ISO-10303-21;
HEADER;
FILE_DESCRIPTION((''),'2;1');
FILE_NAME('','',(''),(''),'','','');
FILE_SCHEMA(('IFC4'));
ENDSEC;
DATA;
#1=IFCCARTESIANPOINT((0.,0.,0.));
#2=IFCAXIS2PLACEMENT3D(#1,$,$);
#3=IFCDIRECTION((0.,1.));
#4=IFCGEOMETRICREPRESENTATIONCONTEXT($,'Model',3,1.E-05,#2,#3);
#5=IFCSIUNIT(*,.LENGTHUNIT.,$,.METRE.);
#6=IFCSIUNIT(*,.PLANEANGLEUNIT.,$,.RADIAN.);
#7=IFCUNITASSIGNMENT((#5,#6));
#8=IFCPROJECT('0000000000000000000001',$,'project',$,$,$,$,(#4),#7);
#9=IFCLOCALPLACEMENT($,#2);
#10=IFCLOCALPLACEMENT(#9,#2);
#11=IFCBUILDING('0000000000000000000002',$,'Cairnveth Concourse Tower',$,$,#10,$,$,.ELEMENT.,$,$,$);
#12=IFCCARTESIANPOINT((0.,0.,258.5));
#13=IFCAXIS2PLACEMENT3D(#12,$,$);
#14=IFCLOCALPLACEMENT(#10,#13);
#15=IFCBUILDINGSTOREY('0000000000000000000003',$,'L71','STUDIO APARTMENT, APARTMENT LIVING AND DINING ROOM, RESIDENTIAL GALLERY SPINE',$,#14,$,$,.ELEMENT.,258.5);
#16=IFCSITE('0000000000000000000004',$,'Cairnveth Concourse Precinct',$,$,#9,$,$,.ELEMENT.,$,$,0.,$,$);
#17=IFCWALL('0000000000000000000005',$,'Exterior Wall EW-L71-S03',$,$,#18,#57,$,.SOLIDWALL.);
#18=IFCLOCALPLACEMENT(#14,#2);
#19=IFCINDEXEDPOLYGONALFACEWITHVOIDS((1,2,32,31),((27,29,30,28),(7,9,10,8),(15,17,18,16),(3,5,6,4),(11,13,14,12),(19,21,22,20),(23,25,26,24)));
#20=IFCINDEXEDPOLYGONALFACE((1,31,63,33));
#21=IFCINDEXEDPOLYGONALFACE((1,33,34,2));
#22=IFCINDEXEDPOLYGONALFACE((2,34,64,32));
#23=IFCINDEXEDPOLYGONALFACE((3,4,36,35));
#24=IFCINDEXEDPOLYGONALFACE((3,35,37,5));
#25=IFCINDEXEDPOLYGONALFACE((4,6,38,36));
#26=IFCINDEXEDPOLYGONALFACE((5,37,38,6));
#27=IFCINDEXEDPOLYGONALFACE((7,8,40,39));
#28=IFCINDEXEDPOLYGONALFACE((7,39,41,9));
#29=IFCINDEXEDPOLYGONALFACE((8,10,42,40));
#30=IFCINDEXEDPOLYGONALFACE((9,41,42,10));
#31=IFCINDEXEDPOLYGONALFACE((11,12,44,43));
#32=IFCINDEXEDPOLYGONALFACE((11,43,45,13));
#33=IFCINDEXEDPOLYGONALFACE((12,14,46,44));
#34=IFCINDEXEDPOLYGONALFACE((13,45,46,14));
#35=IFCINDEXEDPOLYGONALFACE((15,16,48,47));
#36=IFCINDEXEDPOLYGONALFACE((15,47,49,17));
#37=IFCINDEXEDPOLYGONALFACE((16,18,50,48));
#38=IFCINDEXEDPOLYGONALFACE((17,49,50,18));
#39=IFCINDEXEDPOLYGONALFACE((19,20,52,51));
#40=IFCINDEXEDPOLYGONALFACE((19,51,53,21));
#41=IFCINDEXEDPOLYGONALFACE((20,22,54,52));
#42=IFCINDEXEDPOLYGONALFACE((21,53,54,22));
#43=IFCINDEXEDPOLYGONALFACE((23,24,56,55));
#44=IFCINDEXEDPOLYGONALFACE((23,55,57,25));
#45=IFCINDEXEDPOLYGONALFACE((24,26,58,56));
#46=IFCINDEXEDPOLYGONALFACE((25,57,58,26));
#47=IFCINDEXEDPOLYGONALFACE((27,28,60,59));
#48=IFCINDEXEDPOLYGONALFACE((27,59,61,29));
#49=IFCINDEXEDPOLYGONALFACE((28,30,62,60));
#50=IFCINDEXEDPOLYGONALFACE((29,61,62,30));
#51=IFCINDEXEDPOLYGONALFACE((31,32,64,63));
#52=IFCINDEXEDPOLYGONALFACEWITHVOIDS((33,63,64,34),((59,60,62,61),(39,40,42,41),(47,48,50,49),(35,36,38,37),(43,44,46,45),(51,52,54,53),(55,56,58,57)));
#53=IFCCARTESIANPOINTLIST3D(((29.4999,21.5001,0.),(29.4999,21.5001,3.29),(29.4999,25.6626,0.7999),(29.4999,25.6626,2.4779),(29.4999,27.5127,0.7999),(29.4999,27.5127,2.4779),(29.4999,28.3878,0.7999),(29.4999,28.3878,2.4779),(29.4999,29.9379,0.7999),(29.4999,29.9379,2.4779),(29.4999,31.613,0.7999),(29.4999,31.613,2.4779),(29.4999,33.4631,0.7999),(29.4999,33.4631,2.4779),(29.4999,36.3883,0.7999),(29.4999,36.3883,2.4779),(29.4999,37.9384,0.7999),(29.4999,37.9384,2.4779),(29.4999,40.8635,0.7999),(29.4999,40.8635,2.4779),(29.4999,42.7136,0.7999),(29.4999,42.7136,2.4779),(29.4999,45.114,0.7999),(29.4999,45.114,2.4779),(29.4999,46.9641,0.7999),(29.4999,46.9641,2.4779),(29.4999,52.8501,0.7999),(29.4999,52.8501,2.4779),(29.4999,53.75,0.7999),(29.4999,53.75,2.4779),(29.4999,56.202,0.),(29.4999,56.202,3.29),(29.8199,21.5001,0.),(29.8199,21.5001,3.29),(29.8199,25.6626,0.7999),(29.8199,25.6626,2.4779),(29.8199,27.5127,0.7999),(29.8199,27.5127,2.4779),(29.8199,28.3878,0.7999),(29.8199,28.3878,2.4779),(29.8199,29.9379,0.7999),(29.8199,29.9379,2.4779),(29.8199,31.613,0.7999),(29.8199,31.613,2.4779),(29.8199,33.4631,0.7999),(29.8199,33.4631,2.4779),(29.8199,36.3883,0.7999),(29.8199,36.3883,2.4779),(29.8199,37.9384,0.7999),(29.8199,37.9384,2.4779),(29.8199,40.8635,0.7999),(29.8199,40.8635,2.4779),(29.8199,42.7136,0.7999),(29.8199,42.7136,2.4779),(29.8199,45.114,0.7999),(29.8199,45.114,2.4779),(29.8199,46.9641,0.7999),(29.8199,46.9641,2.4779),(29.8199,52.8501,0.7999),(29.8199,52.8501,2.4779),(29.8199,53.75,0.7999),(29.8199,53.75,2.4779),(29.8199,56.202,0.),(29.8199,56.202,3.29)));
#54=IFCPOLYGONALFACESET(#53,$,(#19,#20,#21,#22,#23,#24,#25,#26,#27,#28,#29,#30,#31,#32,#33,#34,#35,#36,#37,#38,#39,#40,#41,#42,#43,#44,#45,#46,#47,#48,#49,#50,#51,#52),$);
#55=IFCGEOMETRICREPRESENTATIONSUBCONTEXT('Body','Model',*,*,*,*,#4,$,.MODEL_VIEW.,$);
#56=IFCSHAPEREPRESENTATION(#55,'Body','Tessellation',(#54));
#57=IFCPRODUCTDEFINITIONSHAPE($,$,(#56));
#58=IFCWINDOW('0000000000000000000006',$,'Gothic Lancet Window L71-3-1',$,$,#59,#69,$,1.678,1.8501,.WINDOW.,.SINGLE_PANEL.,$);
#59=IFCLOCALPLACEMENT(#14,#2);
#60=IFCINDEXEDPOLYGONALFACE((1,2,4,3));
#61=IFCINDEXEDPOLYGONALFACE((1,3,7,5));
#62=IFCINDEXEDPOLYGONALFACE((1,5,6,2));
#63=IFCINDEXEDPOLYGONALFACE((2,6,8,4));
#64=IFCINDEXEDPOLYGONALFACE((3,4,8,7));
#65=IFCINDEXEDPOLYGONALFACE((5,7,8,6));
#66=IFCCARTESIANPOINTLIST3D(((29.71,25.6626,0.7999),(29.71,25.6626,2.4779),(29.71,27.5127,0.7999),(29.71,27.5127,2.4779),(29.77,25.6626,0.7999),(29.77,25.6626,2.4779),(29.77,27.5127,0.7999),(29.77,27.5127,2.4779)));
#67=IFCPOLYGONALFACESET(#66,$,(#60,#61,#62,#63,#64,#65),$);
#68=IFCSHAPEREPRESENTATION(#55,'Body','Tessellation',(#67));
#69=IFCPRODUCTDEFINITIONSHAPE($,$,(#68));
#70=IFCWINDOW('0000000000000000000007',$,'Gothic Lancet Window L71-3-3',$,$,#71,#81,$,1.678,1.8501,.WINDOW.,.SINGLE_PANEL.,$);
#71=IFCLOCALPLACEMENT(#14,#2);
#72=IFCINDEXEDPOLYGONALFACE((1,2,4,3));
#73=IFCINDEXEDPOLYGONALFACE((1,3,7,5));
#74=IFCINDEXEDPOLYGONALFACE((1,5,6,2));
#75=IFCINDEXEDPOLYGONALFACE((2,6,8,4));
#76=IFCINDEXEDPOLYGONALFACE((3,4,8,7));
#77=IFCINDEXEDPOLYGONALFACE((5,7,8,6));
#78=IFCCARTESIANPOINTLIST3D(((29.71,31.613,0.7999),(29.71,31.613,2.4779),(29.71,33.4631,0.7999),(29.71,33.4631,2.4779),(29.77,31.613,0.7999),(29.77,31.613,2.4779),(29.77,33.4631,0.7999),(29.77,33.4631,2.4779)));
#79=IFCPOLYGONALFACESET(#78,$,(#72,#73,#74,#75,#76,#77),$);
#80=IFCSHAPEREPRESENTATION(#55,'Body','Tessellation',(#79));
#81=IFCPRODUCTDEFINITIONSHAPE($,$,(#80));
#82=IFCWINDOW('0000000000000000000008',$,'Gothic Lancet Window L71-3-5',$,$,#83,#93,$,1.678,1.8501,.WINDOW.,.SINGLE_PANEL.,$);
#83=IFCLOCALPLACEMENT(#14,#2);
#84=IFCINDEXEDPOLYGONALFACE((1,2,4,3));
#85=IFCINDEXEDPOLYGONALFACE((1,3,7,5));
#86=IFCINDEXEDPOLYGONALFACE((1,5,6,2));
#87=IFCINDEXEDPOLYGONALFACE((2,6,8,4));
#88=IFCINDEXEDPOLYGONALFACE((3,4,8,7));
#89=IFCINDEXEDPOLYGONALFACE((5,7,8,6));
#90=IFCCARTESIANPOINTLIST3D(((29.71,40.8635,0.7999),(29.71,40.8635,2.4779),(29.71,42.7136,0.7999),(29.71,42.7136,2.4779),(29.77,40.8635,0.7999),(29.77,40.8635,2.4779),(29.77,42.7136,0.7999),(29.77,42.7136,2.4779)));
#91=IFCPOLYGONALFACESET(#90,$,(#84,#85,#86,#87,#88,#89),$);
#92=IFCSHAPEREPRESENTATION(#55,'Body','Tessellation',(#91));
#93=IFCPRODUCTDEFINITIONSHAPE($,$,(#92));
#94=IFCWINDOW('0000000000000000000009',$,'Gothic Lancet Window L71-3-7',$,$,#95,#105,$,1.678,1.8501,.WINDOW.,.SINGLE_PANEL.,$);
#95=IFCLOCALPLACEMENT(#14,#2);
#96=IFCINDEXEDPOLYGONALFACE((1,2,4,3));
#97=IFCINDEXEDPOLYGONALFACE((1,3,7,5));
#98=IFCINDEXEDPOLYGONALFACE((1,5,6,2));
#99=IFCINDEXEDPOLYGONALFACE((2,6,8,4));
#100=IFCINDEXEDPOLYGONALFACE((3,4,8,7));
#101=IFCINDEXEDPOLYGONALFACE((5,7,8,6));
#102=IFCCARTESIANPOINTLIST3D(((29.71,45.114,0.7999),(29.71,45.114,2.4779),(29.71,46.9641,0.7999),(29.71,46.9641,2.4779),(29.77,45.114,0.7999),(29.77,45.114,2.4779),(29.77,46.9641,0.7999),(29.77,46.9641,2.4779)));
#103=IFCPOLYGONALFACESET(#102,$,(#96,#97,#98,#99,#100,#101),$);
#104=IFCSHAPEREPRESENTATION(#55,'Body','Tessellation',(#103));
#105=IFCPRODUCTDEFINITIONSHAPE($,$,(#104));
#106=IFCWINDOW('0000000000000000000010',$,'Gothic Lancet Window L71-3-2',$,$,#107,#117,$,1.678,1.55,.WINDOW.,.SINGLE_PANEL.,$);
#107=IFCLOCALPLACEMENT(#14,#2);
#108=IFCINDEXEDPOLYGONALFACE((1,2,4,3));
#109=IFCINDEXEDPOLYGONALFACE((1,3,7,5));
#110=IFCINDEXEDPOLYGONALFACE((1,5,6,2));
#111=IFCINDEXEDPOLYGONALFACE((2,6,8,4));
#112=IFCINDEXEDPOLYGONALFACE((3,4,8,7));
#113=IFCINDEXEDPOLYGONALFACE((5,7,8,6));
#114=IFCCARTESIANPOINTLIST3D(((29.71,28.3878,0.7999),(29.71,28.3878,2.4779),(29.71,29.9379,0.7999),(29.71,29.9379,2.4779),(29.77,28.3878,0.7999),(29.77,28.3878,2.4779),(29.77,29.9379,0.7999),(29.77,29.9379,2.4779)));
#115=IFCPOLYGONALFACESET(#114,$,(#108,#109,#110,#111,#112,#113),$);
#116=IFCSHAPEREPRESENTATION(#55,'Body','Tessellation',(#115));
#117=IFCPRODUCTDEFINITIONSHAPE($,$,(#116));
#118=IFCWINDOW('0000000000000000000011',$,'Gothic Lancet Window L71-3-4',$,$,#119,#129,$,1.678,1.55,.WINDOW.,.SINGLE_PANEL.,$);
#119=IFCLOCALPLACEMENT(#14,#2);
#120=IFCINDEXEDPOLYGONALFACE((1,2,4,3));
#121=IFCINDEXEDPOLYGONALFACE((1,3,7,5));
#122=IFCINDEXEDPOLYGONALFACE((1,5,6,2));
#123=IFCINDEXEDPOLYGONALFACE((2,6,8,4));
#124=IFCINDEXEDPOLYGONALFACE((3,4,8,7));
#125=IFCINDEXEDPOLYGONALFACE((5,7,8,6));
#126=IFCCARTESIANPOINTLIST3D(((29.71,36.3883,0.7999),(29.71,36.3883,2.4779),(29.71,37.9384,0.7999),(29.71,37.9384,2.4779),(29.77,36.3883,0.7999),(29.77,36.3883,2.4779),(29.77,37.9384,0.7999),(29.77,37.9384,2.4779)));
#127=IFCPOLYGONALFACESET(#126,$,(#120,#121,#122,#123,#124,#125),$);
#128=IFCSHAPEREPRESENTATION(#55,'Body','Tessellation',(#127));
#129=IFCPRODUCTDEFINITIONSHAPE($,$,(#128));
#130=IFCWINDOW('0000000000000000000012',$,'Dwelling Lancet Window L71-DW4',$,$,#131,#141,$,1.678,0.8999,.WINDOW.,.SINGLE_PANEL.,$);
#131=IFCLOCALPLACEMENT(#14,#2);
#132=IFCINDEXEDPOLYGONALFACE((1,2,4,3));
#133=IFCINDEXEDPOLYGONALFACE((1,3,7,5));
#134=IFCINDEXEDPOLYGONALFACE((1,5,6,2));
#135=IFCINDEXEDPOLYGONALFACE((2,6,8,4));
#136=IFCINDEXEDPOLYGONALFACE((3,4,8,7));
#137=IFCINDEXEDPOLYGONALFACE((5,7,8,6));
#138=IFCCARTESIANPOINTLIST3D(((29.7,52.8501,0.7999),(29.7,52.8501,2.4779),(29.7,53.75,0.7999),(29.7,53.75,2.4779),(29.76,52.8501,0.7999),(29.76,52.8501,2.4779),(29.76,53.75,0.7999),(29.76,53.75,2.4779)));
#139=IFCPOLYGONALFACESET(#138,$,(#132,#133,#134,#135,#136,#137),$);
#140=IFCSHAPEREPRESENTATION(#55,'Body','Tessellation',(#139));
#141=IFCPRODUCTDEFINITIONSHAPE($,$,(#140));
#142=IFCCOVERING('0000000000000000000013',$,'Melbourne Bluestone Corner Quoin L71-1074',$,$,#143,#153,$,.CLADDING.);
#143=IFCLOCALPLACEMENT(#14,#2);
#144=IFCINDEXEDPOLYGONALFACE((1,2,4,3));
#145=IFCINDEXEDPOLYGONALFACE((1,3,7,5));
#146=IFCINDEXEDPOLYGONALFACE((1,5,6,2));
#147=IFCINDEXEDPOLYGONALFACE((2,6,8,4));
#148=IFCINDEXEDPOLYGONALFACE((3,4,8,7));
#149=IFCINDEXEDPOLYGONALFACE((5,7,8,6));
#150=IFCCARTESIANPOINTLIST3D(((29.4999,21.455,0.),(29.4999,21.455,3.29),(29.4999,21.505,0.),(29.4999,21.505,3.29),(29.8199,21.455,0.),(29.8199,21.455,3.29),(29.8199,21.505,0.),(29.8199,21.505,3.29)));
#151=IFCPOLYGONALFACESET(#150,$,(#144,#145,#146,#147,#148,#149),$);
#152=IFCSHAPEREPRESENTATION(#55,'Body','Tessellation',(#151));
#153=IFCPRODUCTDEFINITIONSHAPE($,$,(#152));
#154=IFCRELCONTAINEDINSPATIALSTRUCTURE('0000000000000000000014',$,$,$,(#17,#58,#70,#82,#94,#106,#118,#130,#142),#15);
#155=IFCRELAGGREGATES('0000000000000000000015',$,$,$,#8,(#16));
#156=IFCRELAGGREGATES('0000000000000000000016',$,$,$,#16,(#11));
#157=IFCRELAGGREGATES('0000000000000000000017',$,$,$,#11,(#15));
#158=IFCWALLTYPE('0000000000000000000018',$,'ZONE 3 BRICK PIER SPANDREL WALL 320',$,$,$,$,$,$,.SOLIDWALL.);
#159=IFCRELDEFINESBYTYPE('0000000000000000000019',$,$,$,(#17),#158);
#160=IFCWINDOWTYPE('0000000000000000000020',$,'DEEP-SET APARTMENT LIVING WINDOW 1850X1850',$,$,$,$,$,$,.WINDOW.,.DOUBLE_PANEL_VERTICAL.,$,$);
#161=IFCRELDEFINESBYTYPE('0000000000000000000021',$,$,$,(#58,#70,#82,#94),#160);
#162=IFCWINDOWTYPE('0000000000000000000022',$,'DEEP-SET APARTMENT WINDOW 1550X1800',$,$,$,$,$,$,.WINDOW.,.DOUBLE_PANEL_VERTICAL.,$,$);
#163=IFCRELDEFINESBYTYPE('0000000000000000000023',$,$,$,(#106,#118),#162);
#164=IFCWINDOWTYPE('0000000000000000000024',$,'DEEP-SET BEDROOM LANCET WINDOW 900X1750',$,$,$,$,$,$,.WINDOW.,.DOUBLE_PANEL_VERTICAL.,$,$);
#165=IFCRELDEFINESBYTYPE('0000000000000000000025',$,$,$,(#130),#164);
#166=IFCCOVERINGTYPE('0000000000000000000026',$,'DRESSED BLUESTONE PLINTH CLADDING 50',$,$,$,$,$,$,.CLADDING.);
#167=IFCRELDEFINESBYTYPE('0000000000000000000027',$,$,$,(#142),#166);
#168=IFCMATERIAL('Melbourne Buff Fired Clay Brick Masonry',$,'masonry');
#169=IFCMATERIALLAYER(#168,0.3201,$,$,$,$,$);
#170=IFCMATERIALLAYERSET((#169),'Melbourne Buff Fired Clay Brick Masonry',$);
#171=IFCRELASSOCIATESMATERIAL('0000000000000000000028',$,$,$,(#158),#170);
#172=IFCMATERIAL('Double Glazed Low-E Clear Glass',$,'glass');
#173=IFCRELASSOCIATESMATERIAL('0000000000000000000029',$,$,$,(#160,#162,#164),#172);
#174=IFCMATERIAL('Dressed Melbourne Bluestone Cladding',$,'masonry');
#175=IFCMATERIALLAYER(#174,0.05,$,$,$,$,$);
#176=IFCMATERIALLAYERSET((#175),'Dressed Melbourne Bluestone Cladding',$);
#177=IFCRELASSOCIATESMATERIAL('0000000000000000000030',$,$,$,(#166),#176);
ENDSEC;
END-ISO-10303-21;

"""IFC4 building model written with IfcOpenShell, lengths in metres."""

from ifc_helpers import new_model, si_unit, direction, frame, frame_2d, origin, place, context, subcontext, project, spatial, rectangle, extrude, material, layer, layer_set, type_object, element, fill, save


model = new_model("IFC4")

# Units and contexts
model_context = context("Model", 3, precision=1e-05, world=origin(), true_north=direction((0.0, 1.0)))
body_context = subcontext(model_context, "Body", "Model", "MODEL_VIEW")
ifc_project = project(units=[si_unit("LENGTHUNIT", "METRE"), si_unit("PLANEANGLEUNIT", "RADIAN")], contexts=[model_context])

# Site, building, storey
site_placement = place(None, origin())
site = spatial("IfcSite", under=ifc_project, at=site_placement, Name="Cairnveth Concourse Precinct", CompositionType="ELEMENT", RefElevation=0.0)
building_placement = place(site_placement, origin())
building = spatial("IfcBuilding", under=site, at=building_placement, Name="Cairnveth Concourse Tower", CompositionType="ELEMENT")
storey_placement = place(building_placement, frame((0.0, 0.0, 258.5)))
storey = spatial("IfcBuildingStorey", under=building, at=storey_placement, Name="L71", Description="STUDIO APARTMENT, APARTMENT LIVING AND DINING ROOM, RESIDENTIAL GALLERY SPINE", CompositionType="ELEMENT", Elevation=258.5)

# Wall, openings, windows
ifc_material_1 = material(Name="Melbourne Buff Fired Clay Brick Masonry", Category="masonry")
ifc_layer_1 = layer(ifc_material_1, 0.3201)
ifc_layer_set_1 = layer_set([ifc_layer_1], Name="Melbourne Buff Fired Clay Brick Masonry")
wall_type_1 = type_object("IfcWallType", Name="ZONE 3 BRICK PIER SPANDREL WALL 320", PredefinedType="SOLIDWALL", material=ifc_layer_set_1)
wall_1_placement = place(storey_placement, frame((29.6599, 21.5, 0.0), z_axis=(0.0, 0.0, 1.0), x_axis=(0.0, 1.0, 0.0)))
wall_1 = element("IfcWall", 1, at=wall_1_placement, inside=storey, type_object=wall_type_1, Name="Exterior Wall EW-L71-S03", PredefinedType="SOLIDWALL", context=body_context, shape_type="SweptSolid", body=[
    extrude(rectangle(XDim=34.7019, YDim=0.3201, at=frame_2d((17.3511, 0.0))), origin(), (0.0, 0.0, 1.0), 3.29),
])
opening_1_placement = place(wall_1_placement, frame((4.1626, 0.0, 0.8)))
opening_1 = element("IfcOpeningElement", 2, at=opening_1_placement, cuts=wall_1, PredefinedType="OPENING", context=body_context, shape_type="SweptSolid", body=[
    extrude(rectangle(XDim=1.8501, YDim=1.678, at=frame_2d((0.925, 0.8389))), frame((0.0, 0.1699, 0.0), z_axis=(0.0, -1.0, 0.0), x_axis=(1.0, 0.0, 0.0)), (0.0, 0.0, 1.0), 0.3401),
])
opening_2_placement = place(wall_1_placement, frame((6.8879, 0.0, 0.8)))
opening_2 = element("IfcOpeningElement", 3, at=opening_2_placement, cuts=wall_1, PredefinedType="OPENING", context=body_context, shape_type="SweptSolid", body=[
    extrude(rectangle(XDim=1.55, YDim=1.678, at=frame_2d((0.7749, 0.8389))), frame((0.0, 0.1699, 0.0), z_axis=(0.0, -1.0, 0.0), x_axis=(1.0, 0.0, 0.0)), (0.0, 0.0, 1.0), 0.3401),
])
opening_3_placement = place(wall_1_placement, frame((10.113, 0.0, 0.8)))
opening_3 = element("IfcOpeningElement", 4, at=opening_3_placement, cuts=wall_1, PredefinedType="OPENING", context=body_context, shape_type="SweptSolid", body=[
    extrude(rectangle(XDim=1.8501, YDim=1.678, at=frame_2d((0.925, 0.8389))), frame((0.0, 0.1699, 0.0), z_axis=(0.0, -1.0, 0.0), x_axis=(1.0, 0.0, 0.0)), (0.0, 0.0, 1.0), 0.3401),
])
opening_4_placement = place(wall_1_placement, frame((14.8884, 0.0, 0.8)))
opening_4 = element("IfcOpeningElement", 5, at=opening_4_placement, cuts=wall_1, PredefinedType="OPENING", context=body_context, shape_type="SweptSolid", body=[
    extrude(rectangle(XDim=1.55, YDim=1.678, at=frame_2d((0.7749, 0.8389))), frame((0.0, 0.1699, 0.0), z_axis=(0.0, -1.0, 0.0), x_axis=(1.0, 0.0, 0.0)), (0.0, 0.0, 1.0), 0.3401),
])
opening_5_placement = place(wall_1_placement, frame((19.3635, 0.0, 0.8)))
opening_5 = element("IfcOpeningElement", 6, at=opening_5_placement, cuts=wall_1, PredefinedType="OPENING", context=body_context, shape_type="SweptSolid", body=[
    extrude(rectangle(XDim=1.8501, YDim=1.678, at=frame_2d((0.925, 0.8389))), frame((0.0, 0.1699, 0.0), z_axis=(0.0, -1.0, 0.0), x_axis=(1.0, 0.0, 0.0)), (0.0, 0.0, 1.0), 0.3401),
])
opening_6_placement = place(wall_1_placement, frame((23.614, 0.0, 0.8)))
opening_6 = element("IfcOpeningElement", 7, at=opening_6_placement, cuts=wall_1, PredefinedType="OPENING", context=body_context, shape_type="SweptSolid", body=[
    extrude(rectangle(XDim=1.8501, YDim=1.678, at=frame_2d((0.925, 0.8389))), frame((0.0, 0.1699, 0.0), z_axis=(0.0, -1.0, 0.0), x_axis=(1.0, 0.0, 0.0)), (0.0, 0.0, 1.0), 0.3401),
])
opening_7_placement = place(wall_1_placement, frame((31.3501, 0.0, 0.8)))
opening_7 = element("IfcOpeningElement", 8, at=opening_7_placement, cuts=wall_1, PredefinedType="OPENING", context=body_context, shape_type="SweptSolid", body=[
    extrude(rectangle(XDim=0.8999, YDim=1.678, at=frame_2d((0.45, 0.8389))), frame((0.0, 0.1699, 0.0), z_axis=(0.0, -1.0, 0.0), x_axis=(1.0, 0.0, 0.0)), (0.0, 0.0, 1.0), 0.3401),
])
ifc_material_2 = material(Name="Double Glazed Low-E Clear Glass", Category="glass")
window_type_1 = type_object("IfcWindowType", Name="DEEP-SET APARTMENT LIVING WINDOW 1850X1850", PartitioningType="DOUBLE_PANEL_VERTICAL", PredefinedType="WINDOW", material=ifc_material_2)
window_1_placement = place(opening_1_placement, origin())
window_1 = element("IfcWindow", 9, at=window_1_placement, inside=storey, type_object=window_type_1, Name="Gothic Lancet Window L71-3-1", OverallHeight=1.678, OverallWidth=1.8501, PartitioningType="SINGLE_PANEL", PredefinedType="WINDOW", context=body_context, shape_type="SweptSolid", body=[
    extrude(rectangle(XDim=1.8501, YDim=1.678, at=frame_2d((0.925, 0.8389))), frame((0.0, -0.05, 0.0), z_axis=(0.0, -1.0, 0.0), x_axis=(1.0, 0.0, 0.0)), (0.0, 0.0, 1.0), 0.0601),
])
fill(opening_1, window_1)
window_2_placement = place(opening_3_placement, origin())
window_2 = element("IfcWindow", 10, at=window_2_placement, inside=storey, type_object=window_type_1, Name="Gothic Lancet Window L71-3-3", OverallHeight=1.678, OverallWidth=1.8501, PartitioningType="SINGLE_PANEL", PredefinedType="WINDOW", context=body_context, shape_type="SweptSolid", body=[
    extrude(rectangle(XDim=1.8501, YDim=1.678, at=frame_2d((0.925, 0.8389))), frame((0.0, -0.05, 0.0), z_axis=(0.0, -1.0, 0.0), x_axis=(1.0, 0.0, 0.0)), (0.0, 0.0, 1.0), 0.0601),
])
fill(opening_3, window_2)
window_3_placement = place(opening_5_placement, origin())
window_3 = element("IfcWindow", 11, at=window_3_placement, inside=storey, type_object=window_type_1, Name="Gothic Lancet Window L71-3-5", OverallHeight=1.678, OverallWidth=1.8501, PartitioningType="SINGLE_PANEL", PredefinedType="WINDOW", context=body_context, shape_type="SweptSolid", body=[
    extrude(rectangle(XDim=1.8501, YDim=1.678, at=frame_2d((0.925, 0.8389))), frame((0.0, -0.05, 0.0), z_axis=(0.0, -1.0, 0.0), x_axis=(1.0, 0.0, 0.0)), (0.0, 0.0, 1.0), 0.0601),
])
fill(opening_5, window_3)
window_4_placement = place(opening_6_placement, origin())
window_4 = element("IfcWindow", 12, at=window_4_placement, inside=storey, type_object=window_type_1, Name="Gothic Lancet Window L71-3-7", OverallHeight=1.678, OverallWidth=1.8501, PartitioningType="SINGLE_PANEL", PredefinedType="WINDOW", context=body_context, shape_type="SweptSolid", body=[
    extrude(rectangle(XDim=1.8501, YDim=1.678, at=frame_2d((0.925, 0.8389))), frame((0.0, -0.05, 0.0), z_axis=(0.0, -1.0, 0.0), x_axis=(1.0, 0.0, 0.0)), (0.0, 0.0, 1.0), 0.0601),
])
fill(opening_6, window_4)
window_type_2 = type_object("IfcWindowType", Name="DEEP-SET APARTMENT WINDOW 1550X1800", PartitioningType="DOUBLE_PANEL_VERTICAL", PredefinedType="WINDOW", material=ifc_material_2)
window_5_placement = place(opening_2_placement, origin())
window_5 = element("IfcWindow", 13, at=window_5_placement, inside=storey, type_object=window_type_2, Name="Gothic Lancet Window L71-3-2", OverallHeight=1.678, OverallWidth=1.55, PartitioningType="SINGLE_PANEL", PredefinedType="WINDOW", context=body_context, shape_type="SweptSolid", body=[
    extrude(rectangle(XDim=1.55, YDim=1.678, at=frame_2d((0.7749, 0.8389))), frame((0.0, -0.05, 0.0), z_axis=(0.0, -1.0, 0.0), x_axis=(1.0, 0.0, 0.0)), (0.0, 0.0, 1.0), 0.0601),
])
fill(opening_2, window_5)
window_6_placement = place(opening_4_placement, origin())
window_6 = element("IfcWindow", 14, at=window_6_placement, inside=storey, type_object=window_type_2, Name="Gothic Lancet Window L71-3-4", OverallHeight=1.678, OverallWidth=1.55, PartitioningType="SINGLE_PANEL", PredefinedType="WINDOW", context=body_context, shape_type="SweptSolid", body=[
    extrude(rectangle(XDim=1.55, YDim=1.678, at=frame_2d((0.7749, 0.8389))), frame((0.0, -0.05, 0.0), z_axis=(0.0, -1.0, 0.0), x_axis=(1.0, 0.0, 0.0)), (0.0, 0.0, 1.0), 0.0601),
])
fill(opening_4, window_6)
window_type_3 = type_object("IfcWindowType", Name="DEEP-SET BEDROOM LANCET WINDOW 900X1750", PartitioningType="DOUBLE_PANEL_VERTICAL", PredefinedType="WINDOW", material=ifc_material_2)
window_7_placement = place(opening_7_placement, origin())
window_7 = element("IfcWindow", 15, at=window_7_placement, inside=storey, type_object=window_type_3, Name="Dwelling Lancet Window L71-DW4", OverallHeight=1.678, OverallWidth=0.8999, PartitioningType="SINGLE_PANEL", PredefinedType="WINDOW", context=body_context, shape_type="SweptSolid", body=[
    extrude(rectangle(XDim=0.8999, YDim=1.678, at=frame_2d((0.45, 0.8389))), frame((0.0, -0.04, 0.0), z_axis=(0.0, -1.0, 0.0), x_axis=(1.0, 0.0, 0.0)), (0.0, 0.0, 1.0), 0.0601),
])
fill(opening_7, window_7)

# Covering
ifc_material_3 = material(Name="Dressed Melbourne Bluestone Cladding", Category="masonry")
ifc_layer_2 = layer(ifc_material_3, 0.05)
ifc_layer_set_2 = layer_set([ifc_layer_2], Name="Dressed Melbourne Bluestone Cladding")
covering_type = type_object("IfcCoveringType", Name="DRESSED BLUESTONE PLINTH CLADDING 50", PredefinedType="CLADDING", material=ifc_layer_set_2)
covering_placement = place(storey_placement, frame((29.8201, 21.48, 0.0), z_axis=(0.0, 0.0, 1.0), x_axis=(-1.0, 0.0, 0.0)))
element("IfcCovering", 16, at=covering_placement, inside=storey, type_object=covering_type, Name="Melbourne Bluestone Corner Quoin L71-1074", PredefinedType="CLADDING", context=body_context, shape_type="SweptSolid", body=[
    extrude(rectangle(XDim=0.3201, YDim=0.05, at=frame_2d((0.1602, 0.0))), origin(), (0.0, 0.0, 1.0), 3.29),
])

save(model, "model.ifc")
